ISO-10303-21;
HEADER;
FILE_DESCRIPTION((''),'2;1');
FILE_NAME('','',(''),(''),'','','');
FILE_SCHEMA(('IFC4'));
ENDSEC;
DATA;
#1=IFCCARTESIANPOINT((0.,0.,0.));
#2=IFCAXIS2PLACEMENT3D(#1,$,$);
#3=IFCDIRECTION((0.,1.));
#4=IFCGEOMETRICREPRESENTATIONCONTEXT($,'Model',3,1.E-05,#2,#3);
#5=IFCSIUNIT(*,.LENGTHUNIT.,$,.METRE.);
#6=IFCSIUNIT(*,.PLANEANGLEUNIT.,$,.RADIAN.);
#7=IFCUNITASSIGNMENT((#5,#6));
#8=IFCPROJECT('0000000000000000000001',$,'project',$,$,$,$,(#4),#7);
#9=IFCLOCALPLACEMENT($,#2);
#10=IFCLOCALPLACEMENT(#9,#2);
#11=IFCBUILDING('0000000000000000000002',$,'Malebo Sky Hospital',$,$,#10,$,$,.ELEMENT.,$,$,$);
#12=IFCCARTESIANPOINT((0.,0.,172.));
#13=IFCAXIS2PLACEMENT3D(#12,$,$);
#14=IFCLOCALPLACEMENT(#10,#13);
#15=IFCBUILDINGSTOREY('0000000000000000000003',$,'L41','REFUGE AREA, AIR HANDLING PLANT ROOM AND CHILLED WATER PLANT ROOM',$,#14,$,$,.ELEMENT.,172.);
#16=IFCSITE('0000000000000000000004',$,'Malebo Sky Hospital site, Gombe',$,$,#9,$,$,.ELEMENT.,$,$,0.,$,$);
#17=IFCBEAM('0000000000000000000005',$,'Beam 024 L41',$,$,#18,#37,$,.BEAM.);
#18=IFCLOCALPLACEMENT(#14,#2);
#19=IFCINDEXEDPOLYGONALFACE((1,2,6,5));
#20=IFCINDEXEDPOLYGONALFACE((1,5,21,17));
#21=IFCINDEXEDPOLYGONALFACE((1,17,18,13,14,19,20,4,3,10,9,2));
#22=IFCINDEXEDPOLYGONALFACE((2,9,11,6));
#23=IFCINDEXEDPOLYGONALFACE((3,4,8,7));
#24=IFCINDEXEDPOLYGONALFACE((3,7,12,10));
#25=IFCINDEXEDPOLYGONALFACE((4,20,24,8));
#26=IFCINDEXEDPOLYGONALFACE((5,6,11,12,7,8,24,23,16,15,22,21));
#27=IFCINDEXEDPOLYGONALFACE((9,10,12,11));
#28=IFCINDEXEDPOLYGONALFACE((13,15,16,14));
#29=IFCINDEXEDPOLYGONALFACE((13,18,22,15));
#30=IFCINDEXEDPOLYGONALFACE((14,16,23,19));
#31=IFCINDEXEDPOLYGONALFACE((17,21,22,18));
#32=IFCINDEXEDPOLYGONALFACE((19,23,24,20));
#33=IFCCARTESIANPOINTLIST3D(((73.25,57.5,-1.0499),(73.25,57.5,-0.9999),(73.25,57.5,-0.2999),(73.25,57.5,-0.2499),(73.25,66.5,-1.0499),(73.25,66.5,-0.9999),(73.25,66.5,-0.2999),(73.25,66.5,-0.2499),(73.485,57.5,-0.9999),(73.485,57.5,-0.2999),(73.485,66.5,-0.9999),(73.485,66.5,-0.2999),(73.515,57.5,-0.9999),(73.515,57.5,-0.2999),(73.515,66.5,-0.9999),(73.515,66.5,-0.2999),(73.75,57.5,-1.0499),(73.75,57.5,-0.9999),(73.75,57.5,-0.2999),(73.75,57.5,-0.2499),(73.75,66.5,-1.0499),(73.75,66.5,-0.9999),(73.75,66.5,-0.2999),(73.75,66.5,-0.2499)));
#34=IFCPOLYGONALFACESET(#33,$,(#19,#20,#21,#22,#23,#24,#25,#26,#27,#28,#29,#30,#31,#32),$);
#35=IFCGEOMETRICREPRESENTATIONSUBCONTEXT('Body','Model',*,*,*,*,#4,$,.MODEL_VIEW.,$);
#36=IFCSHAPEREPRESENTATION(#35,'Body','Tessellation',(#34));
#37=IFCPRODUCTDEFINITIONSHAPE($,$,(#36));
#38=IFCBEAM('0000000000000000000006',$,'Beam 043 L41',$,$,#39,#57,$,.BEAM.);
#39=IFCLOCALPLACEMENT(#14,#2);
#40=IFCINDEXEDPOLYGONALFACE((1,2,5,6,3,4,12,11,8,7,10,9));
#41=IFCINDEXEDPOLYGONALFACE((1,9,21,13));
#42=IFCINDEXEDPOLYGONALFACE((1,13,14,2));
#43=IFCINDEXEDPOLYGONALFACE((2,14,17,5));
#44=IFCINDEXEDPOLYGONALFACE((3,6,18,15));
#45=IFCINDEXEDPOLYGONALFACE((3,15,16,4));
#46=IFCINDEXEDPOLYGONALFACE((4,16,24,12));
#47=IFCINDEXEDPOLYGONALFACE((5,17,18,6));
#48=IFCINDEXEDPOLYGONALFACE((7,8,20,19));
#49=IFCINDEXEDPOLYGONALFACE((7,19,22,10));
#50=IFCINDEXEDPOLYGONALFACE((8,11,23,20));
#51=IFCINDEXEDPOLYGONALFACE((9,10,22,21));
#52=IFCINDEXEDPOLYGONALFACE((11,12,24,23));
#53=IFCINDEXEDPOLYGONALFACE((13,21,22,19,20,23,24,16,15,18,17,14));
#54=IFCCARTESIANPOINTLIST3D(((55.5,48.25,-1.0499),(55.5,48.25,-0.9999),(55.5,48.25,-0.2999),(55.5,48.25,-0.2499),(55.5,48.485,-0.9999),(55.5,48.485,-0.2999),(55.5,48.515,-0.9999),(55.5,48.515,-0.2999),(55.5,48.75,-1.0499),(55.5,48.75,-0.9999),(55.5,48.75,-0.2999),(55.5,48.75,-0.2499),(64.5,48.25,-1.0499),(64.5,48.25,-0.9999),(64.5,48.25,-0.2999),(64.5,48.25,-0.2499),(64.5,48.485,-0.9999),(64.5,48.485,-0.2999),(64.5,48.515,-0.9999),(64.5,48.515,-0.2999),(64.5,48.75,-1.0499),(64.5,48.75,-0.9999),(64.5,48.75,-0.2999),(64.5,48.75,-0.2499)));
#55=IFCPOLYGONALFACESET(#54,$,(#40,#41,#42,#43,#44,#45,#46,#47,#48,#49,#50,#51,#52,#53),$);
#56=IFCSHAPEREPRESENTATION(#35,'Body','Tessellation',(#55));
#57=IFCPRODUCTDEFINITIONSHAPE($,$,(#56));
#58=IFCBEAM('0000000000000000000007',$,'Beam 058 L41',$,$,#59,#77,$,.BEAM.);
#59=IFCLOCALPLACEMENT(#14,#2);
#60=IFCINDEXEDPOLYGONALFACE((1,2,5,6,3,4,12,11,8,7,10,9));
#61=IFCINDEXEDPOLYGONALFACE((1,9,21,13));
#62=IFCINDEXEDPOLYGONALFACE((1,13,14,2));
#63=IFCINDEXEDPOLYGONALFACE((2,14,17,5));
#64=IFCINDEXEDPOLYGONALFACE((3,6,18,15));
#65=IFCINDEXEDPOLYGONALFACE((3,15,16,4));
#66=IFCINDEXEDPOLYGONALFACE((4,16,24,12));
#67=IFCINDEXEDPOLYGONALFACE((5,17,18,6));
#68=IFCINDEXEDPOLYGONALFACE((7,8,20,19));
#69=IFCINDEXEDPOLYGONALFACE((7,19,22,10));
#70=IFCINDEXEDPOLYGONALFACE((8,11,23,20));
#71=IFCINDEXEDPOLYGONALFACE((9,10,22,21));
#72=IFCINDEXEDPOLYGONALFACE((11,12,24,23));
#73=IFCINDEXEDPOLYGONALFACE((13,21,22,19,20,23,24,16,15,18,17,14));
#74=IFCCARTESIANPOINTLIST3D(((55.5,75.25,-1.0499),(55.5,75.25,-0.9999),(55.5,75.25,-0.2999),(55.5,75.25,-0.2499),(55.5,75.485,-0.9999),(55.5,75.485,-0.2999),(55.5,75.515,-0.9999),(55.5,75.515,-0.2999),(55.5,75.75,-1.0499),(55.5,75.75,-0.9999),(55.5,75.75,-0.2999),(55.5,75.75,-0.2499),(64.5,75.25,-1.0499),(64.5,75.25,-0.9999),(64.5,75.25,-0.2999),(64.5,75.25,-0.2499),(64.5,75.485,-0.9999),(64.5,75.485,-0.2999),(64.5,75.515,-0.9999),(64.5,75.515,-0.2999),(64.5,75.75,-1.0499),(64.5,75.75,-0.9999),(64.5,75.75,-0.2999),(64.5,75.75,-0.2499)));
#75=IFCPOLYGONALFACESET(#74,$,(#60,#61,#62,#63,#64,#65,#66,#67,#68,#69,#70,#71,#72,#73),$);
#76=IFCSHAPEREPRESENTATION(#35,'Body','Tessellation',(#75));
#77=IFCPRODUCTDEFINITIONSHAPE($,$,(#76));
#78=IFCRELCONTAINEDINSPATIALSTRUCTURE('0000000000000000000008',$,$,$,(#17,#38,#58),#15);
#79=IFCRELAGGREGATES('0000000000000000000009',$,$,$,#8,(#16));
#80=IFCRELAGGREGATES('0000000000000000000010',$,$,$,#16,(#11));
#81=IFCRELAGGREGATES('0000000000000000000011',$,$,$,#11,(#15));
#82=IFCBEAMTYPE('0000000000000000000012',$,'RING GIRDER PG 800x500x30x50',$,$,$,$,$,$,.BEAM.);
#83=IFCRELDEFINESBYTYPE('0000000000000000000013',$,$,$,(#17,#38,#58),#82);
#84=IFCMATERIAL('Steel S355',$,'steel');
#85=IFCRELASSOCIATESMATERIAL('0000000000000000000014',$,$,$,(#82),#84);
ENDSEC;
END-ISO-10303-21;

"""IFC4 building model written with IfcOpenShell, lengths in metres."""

from ifc_helpers import new_model, si_unit, direction, frame, origin, origin_2d, place, context, subcontext, project, spatial, i_section, extrude, material, material_profile, profile_set, type_object, element, save


model = new_model("IFC4")

# Units and contexts
model_context = context("Model", 3, precision=1e-05, world=origin(), true_north=direction((0.0, 1.0)))
body_context = subcontext(model_context, "Body", "Model", "MODEL_VIEW")
ifc_project = project(units=[si_unit("LENGTHUNIT", "METRE"), si_unit("PLANEANGLEUNIT", "RADIAN")], contexts=[model_context])

# Site, building, storey
site_placement = place(None, origin())
site = spatial("IfcSite", under=ifc_project, at=site_placement, Name="Malebo Sky Hospital site, Gombe", CompositionType="ELEMENT", RefElevation=0.0)
building_placement = place(site_placement, origin())
building = spatial("IfcBuilding", under=site, at=building_placement, Name="Malebo Sky Hospital", CompositionType="ELEMENT")
storey_placement = place(building_placement, frame((0.0, 0.0, 172.0)))
storey = spatial("IfcBuildingStorey", under=building, at=storey_placement, Name="L41", Description="REFUGE AREA, AIR HANDLING PLANT ROOM AND CHILLED WATER PLANT ROOM", CompositionType="ELEMENT", Elevation=172.0)

# Beams
ifc_material = material(Name="Steel S355", Category="steel")
ifc_material_profile_1 = material_profile(ifc_material, i_section(OverallWidth=0.5, OverallDepth=0.8, WebThickness=0.03, FlangeThickness=0.05, at=origin_2d()), Name="PG 800x500x30x50")
ifc_profile_set_1 = profile_set([ifc_material_profile_1], Name="Steel S355")
beam_type_1 = type_object("IfcBeamType", Name="RING GIRDER PG 800x500x30x50", PredefinedType="BEAM", material=ifc_profile_set_1)
for number, where, z_axis, x_axis, name in (
    (1, (73.5, 57.5, -0.6499), (0.0, 1.0, 0.0), (-1.0, 0.0, 0.0), "Beam 024 L41"),
    (2, (55.5, 48.5, -0.6499), (1.0, 0.0, 0.0), (0.0, 1.0, 0.0), "Beam 043 L41"),
    (3, (55.5, 75.5, -0.6499), (1.0, 0.0, 0.0), (0.0, 1.0, 0.0), "Beam 058 L41"),
):
    element("IfcBeam", number, at=place(storey_placement, frame(where, z_axis=z_axis, x_axis=x_axis)), inside=storey, type_object=beam_type_1, Name=name, PredefinedType="BEAM", context=body_context, shape_type="SweptSolid", body=[
        extrude(i_section(OverallWidth=0.5, OverallDepth=0.8, WebThickness=0.03, FlangeThickness=0.05, at=origin_2d()), origin(), (0.0, 0.0, 1.0), 9.0),
    ])

save(model, "model.ifc")
